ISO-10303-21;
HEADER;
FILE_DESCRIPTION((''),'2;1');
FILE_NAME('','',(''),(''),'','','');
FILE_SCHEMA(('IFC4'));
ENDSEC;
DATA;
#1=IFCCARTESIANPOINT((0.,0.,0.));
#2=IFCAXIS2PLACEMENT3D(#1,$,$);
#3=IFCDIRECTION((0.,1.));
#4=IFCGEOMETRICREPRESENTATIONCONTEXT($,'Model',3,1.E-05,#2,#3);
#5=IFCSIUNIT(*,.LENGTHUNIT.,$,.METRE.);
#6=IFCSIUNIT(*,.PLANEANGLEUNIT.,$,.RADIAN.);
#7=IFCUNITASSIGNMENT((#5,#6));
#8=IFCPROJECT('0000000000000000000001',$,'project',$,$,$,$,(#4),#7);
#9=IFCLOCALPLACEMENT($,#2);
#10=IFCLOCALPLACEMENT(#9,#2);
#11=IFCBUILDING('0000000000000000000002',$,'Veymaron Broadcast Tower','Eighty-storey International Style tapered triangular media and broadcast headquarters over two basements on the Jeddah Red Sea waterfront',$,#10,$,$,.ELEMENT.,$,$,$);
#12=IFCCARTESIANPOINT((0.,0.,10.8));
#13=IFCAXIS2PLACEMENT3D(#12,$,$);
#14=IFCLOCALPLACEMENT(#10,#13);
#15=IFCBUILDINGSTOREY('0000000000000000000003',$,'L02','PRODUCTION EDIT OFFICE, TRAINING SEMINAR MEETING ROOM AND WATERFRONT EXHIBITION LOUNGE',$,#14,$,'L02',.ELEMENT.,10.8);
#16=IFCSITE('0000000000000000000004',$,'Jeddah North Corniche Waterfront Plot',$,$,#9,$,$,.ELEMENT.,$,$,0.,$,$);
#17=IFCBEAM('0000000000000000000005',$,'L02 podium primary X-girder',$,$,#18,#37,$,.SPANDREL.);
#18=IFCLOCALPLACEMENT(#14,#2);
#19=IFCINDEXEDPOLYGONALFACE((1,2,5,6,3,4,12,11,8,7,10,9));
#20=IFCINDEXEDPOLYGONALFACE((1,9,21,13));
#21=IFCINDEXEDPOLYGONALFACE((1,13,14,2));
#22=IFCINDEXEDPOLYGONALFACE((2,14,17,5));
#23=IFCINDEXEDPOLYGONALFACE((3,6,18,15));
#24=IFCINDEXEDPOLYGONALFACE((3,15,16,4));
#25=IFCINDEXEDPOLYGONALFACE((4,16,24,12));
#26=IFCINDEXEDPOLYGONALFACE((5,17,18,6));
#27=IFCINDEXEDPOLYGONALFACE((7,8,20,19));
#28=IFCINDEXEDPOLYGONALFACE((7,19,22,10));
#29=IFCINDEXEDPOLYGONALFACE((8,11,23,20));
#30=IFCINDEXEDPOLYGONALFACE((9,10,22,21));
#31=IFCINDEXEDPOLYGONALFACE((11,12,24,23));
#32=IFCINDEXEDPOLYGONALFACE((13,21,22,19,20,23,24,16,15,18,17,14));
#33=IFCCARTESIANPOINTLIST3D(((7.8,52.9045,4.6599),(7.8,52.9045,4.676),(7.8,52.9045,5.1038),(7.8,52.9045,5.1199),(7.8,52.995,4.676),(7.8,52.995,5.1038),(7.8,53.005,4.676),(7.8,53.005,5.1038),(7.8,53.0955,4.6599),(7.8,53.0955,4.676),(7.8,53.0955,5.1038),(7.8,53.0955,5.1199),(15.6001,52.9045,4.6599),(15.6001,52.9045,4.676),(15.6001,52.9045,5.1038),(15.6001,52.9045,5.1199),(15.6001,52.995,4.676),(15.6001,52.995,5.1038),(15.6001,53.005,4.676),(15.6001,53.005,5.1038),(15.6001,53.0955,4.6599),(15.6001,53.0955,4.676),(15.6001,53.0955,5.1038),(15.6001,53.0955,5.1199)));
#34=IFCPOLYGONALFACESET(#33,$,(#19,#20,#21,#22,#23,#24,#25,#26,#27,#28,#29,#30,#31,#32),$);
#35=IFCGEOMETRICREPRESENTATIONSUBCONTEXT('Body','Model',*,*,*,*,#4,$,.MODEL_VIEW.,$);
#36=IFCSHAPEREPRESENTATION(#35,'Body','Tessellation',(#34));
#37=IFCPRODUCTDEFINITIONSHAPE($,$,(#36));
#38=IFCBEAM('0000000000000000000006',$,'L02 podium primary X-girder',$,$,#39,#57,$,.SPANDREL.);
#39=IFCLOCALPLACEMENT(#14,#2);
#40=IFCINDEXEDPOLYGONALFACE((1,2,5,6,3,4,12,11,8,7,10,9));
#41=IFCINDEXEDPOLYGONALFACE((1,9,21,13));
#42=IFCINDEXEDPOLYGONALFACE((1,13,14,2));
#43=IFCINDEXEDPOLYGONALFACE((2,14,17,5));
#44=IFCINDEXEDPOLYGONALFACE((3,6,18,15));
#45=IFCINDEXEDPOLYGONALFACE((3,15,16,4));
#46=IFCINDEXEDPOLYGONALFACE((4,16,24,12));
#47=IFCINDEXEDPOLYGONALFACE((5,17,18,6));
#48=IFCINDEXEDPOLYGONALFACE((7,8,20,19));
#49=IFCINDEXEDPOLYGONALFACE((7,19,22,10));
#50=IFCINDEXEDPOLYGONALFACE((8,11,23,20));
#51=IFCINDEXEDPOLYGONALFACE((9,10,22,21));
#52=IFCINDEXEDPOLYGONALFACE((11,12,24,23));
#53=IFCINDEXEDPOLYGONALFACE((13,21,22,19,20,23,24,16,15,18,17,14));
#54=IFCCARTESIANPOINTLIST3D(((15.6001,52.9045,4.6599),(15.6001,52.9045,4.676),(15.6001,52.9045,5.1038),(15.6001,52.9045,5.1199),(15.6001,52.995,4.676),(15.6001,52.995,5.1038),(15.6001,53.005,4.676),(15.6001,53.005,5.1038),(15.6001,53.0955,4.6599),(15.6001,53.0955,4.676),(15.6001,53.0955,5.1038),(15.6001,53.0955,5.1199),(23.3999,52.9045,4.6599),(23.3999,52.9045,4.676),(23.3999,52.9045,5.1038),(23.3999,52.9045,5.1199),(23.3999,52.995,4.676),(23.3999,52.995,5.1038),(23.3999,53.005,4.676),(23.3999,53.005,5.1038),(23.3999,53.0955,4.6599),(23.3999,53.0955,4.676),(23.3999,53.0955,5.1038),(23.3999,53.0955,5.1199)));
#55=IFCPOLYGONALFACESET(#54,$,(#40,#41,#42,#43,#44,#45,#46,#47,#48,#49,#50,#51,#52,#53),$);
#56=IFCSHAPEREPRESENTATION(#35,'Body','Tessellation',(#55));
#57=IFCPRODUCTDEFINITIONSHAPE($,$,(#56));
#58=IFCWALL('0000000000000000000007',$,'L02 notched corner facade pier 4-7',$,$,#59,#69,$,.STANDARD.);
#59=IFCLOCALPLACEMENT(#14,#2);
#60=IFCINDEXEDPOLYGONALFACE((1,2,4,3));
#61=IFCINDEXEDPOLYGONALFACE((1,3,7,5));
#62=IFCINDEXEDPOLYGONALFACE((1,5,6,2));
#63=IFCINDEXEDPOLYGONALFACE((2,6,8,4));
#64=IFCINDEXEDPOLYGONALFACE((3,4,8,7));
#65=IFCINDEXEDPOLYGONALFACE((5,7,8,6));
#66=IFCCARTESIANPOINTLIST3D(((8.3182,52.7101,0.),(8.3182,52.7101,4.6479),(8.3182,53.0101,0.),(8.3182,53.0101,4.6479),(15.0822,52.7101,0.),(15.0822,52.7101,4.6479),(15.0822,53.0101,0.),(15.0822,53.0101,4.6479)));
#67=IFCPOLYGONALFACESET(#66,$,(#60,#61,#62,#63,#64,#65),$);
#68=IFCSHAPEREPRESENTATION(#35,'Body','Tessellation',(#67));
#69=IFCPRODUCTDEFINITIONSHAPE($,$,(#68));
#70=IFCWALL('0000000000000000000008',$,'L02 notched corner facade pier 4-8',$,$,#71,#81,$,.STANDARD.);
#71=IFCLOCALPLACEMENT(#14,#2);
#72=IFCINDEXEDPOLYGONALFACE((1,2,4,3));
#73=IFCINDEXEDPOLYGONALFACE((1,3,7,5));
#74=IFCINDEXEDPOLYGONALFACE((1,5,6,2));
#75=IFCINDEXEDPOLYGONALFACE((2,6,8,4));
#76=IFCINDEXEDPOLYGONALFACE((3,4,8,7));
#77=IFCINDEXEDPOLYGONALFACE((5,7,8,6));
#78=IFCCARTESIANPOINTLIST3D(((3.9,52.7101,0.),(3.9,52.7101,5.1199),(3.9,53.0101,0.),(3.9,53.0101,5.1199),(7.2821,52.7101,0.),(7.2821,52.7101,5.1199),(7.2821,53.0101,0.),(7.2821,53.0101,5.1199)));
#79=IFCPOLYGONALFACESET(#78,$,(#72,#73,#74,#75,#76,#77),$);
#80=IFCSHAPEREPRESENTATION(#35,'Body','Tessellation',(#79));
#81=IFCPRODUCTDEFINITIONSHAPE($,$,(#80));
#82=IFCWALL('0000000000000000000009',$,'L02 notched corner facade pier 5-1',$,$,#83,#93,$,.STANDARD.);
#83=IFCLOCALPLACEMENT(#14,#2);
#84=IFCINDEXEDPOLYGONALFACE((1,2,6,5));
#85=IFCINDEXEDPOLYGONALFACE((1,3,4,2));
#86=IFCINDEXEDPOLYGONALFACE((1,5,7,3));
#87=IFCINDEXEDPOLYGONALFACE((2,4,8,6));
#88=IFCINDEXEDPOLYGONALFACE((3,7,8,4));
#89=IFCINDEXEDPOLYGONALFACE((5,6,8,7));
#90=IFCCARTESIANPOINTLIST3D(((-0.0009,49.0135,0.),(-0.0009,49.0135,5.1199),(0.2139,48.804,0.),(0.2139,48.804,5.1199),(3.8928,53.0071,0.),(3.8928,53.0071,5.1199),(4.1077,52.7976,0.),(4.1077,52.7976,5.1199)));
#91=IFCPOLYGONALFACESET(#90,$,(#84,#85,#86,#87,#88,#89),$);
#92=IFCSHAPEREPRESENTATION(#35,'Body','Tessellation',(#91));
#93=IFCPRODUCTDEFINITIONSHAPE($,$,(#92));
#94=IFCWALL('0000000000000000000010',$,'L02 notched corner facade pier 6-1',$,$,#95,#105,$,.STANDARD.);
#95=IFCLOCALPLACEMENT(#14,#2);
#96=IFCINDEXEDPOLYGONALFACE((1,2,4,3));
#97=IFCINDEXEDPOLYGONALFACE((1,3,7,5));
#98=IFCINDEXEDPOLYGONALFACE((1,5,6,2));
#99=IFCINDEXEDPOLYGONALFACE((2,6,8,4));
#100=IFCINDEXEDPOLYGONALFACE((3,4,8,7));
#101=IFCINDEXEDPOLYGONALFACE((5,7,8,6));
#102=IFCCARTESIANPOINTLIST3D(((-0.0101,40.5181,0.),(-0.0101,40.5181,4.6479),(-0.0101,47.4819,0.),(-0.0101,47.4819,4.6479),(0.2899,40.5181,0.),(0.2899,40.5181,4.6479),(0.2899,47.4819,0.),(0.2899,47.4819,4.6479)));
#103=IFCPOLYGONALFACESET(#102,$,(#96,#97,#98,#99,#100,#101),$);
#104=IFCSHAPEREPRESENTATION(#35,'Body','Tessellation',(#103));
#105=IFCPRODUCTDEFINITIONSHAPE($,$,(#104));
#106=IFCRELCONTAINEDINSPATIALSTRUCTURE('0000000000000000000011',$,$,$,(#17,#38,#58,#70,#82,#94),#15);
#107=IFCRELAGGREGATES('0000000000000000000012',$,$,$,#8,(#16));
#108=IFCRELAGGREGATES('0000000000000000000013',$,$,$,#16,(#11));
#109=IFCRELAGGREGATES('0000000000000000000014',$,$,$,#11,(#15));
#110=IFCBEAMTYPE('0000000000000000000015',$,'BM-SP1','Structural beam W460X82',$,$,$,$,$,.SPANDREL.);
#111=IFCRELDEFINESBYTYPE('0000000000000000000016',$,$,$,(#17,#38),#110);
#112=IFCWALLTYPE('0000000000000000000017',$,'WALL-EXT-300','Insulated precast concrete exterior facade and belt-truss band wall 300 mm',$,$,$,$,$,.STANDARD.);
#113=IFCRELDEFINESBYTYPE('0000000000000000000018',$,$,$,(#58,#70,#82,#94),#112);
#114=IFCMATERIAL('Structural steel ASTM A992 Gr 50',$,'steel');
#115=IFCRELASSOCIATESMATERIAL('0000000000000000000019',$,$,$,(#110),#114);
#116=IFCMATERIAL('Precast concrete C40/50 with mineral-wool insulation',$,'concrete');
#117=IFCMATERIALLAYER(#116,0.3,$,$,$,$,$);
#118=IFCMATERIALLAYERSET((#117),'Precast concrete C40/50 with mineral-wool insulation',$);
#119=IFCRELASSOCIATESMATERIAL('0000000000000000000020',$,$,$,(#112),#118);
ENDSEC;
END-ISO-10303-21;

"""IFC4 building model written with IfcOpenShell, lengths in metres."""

from ifc_helpers import new_model, si_unit, direction, frame, frame_2d, origin, origin_2d, place, context, subcontext, project, spatial, rectangle, i_section, extrude, material, layer, layer_set, material_profile, profile_set, type_object, element, save


model = new_model("IFC4")

# Units and contexts
model_context = context("Model", 3, precision=1e-05, world=origin(), true_north=direction((0.0, 1.0)))
body_context = subcontext(model_context, "Body", "Model", "MODEL_VIEW")
ifc_project = project(units=[si_unit("LENGTHUNIT", "METRE"), si_unit("PLANEANGLEUNIT", "RADIAN")], contexts=[model_context])

# Site, building, storey
site_placement = place(None, origin())
site = spatial("IfcSite", under=ifc_project, at=site_placement, Name="Jeddah North Corniche Waterfront Plot", CompositionType="ELEMENT", RefElevation=0.0)
building_placement = place(site_placement, origin())
building = spatial("IfcBuilding", under=site, at=building_placement, Name="Veymaron Broadcast Tower", Description="Eighty-storey International Style tapered triangular media and broadcast headquarters over two basements on the Jeddah Red Sea waterfront", CompositionType="ELEMENT")
storey_placement = place(building_placement, frame((0.0, 0.0, 10.8)))
storey = spatial("IfcBuildingStorey", under=building, at=storey_placement, Name="L02", Description="PRODUCTION EDIT OFFICE, TRAINING SEMINAR MEETING ROOM AND WATERFRONT EXHIBITION LOUNGE", LongName="L02", CompositionType="ELEMENT", Elevation=10.8)

# Beams
ifc_material_1 = material(Name="Structural steel ASTM A992 Gr 50", Category="steel")
ifc_material_profile_1 = material_profile(ifc_material_1, i_section(OverallWidth=0.1909, OverallDepth=0.46, WebThickness=0.01, FlangeThickness=0.0161, at=origin_2d()), Name="W460X82")
ifc_profile_set_1 = profile_set([ifc_material_profile_1], Name="Structural steel ASTM A992 Gr 50")
beam_type_1 = type_object("IfcBeamType", Name="BM-SP1", Description="Structural beam W460X82", PredefinedType="SPANDREL", material=ifc_profile_set_1)
beam_1_placement = place(storey_placement, frame((7.8, 53.0, 4.8899), z_axis=(1.0, 0.0, 0.0), x_axis=(0.0, 1.0, 0.0)))
element("IfcBeam", 1, at=beam_1_placement, inside=storey, type_object=beam_type_1, Name="L02 podium primary X-girder", PredefinedType="SPANDREL", context=body_context, shape_type="SweptSolid", body=[
    extrude(i_section(OverallWidth=0.1909, OverallDepth=0.46, WebThickness=0.01, FlangeThickness=0.0161, at=origin_2d()), origin(), (0.0, 0.0, 1.0), 7.8),
])
beam_2_placement = place(storey_placement, frame((15.6001, 53.0, 4.8899), z_axis=(1.0, 0.0, 0.0), x_axis=(0.0, 1.0, 0.0)))
element("IfcBeam", 2, at=beam_2_placement, inside=storey, type_object=beam_type_1, Name="L02 podium primary X-girder", PredefinedType="SPANDREL", context=body_context, shape_type="SweptSolid", body=[
    extrude(i_section(OverallWidth=0.1909, OverallDepth=0.46, WebThickness=0.01, FlangeThickness=0.0161, at=origin_2d()), origin(), (0.0, 0.0, 1.0), 7.7998),
])

# Walls
ifc_material_2 = material(Name="Precast concrete C40/50 with mineral-wool insulation", Category="concrete")
ifc_layer = layer(ifc_material_2, 0.3)
ifc_layer_set = layer_set([ifc_layer], Name="Precast concrete C40/50 with mineral-wool insulation")
wall_type = type_object("IfcWallType", Name="WALL-EXT-300", Description="Insulated precast concrete exterior facade and belt-truss band wall 300 mm", PredefinedType="STANDARD", material=ifc_layer_set)
wall_1_placement = place(storey_placement, frame((15.082, 52.8601, 0.0), z_axis=(0.0, 0.0, 1.0), x_axis=(-1.0, 0.0, 0.0)))
element("IfcWall", 3, at=wall_1_placement, inside=storey, type_object=wall_type, Name="L02 notched corner facade pier 4-7", PredefinedType="STANDARD", context=body_context, shape_type="SweptSolid", body=[
    extrude(rectangle(XDim=6.7639, YDim=0.3, at=frame_2d((3.3818, 0.0))), origin(), (0.0, 0.0, 1.0), 4.6479),
])
wall_2_placement = place(storey_placement, frame((7.282, 52.8601, 0.0), z_axis=(0.0, 0.0, 1.0), x_axis=(-1.0, 0.0, 0.0)))
element("IfcWall", 4, at=wall_2_placement, inside=storey, type_object=wall_type, Name="L02 notched corner facade pier 4-8", PredefinedType="STANDARD", context=body_context, shape_type="SweptSolid", body=[
    extrude(rectangle(XDim=3.3821, YDim=0.3, at=frame_2d((1.6909, 0.0))), origin(), (0.0, 0.0, 1.0), 5.1199),
])
wall_3_placement = place(storey_placement, frame((4.0002, 52.9023, 0.0), z_axis=(0.0, 0.0, 1.0), x_axis=(-0.698099, -0.716001, 0.0)))
element("IfcWall", 5, at=wall_3_placement, inside=storey, type_object=wall_type, Name="L02 notched corner facade pier 5-1", PredefinedType="STANDARD", context=body_context, shape_type="SweptSolid", body=[
    extrude(rectangle(XDim=5.5776, YDim=0.3, at=frame_2d((2.7888, 0.0))), origin(), (0.0, 0.0, 1.0), 5.1199),
])
wall_4_placement = place(storey_placement, frame((0.1399, 47.4819, 0.0), z_axis=(0.0, 0.0, 1.0), x_axis=(0.0, -1.0, 0.0)))
element("IfcWall", 6, at=wall_4_placement, inside=storey, type_object=wall_type, Name="L02 notched corner facade pier 6-1", PredefinedType="STANDARD", context=body_context, shape_type="SweptSolid", body=[
    extrude(rectangle(XDim=6.9639, YDim=0.3, at=frame_2d((3.4819, 0.0))), origin(), (0.0, 0.0, 1.0), 4.6479),
])

save(model, "model.ifc")
